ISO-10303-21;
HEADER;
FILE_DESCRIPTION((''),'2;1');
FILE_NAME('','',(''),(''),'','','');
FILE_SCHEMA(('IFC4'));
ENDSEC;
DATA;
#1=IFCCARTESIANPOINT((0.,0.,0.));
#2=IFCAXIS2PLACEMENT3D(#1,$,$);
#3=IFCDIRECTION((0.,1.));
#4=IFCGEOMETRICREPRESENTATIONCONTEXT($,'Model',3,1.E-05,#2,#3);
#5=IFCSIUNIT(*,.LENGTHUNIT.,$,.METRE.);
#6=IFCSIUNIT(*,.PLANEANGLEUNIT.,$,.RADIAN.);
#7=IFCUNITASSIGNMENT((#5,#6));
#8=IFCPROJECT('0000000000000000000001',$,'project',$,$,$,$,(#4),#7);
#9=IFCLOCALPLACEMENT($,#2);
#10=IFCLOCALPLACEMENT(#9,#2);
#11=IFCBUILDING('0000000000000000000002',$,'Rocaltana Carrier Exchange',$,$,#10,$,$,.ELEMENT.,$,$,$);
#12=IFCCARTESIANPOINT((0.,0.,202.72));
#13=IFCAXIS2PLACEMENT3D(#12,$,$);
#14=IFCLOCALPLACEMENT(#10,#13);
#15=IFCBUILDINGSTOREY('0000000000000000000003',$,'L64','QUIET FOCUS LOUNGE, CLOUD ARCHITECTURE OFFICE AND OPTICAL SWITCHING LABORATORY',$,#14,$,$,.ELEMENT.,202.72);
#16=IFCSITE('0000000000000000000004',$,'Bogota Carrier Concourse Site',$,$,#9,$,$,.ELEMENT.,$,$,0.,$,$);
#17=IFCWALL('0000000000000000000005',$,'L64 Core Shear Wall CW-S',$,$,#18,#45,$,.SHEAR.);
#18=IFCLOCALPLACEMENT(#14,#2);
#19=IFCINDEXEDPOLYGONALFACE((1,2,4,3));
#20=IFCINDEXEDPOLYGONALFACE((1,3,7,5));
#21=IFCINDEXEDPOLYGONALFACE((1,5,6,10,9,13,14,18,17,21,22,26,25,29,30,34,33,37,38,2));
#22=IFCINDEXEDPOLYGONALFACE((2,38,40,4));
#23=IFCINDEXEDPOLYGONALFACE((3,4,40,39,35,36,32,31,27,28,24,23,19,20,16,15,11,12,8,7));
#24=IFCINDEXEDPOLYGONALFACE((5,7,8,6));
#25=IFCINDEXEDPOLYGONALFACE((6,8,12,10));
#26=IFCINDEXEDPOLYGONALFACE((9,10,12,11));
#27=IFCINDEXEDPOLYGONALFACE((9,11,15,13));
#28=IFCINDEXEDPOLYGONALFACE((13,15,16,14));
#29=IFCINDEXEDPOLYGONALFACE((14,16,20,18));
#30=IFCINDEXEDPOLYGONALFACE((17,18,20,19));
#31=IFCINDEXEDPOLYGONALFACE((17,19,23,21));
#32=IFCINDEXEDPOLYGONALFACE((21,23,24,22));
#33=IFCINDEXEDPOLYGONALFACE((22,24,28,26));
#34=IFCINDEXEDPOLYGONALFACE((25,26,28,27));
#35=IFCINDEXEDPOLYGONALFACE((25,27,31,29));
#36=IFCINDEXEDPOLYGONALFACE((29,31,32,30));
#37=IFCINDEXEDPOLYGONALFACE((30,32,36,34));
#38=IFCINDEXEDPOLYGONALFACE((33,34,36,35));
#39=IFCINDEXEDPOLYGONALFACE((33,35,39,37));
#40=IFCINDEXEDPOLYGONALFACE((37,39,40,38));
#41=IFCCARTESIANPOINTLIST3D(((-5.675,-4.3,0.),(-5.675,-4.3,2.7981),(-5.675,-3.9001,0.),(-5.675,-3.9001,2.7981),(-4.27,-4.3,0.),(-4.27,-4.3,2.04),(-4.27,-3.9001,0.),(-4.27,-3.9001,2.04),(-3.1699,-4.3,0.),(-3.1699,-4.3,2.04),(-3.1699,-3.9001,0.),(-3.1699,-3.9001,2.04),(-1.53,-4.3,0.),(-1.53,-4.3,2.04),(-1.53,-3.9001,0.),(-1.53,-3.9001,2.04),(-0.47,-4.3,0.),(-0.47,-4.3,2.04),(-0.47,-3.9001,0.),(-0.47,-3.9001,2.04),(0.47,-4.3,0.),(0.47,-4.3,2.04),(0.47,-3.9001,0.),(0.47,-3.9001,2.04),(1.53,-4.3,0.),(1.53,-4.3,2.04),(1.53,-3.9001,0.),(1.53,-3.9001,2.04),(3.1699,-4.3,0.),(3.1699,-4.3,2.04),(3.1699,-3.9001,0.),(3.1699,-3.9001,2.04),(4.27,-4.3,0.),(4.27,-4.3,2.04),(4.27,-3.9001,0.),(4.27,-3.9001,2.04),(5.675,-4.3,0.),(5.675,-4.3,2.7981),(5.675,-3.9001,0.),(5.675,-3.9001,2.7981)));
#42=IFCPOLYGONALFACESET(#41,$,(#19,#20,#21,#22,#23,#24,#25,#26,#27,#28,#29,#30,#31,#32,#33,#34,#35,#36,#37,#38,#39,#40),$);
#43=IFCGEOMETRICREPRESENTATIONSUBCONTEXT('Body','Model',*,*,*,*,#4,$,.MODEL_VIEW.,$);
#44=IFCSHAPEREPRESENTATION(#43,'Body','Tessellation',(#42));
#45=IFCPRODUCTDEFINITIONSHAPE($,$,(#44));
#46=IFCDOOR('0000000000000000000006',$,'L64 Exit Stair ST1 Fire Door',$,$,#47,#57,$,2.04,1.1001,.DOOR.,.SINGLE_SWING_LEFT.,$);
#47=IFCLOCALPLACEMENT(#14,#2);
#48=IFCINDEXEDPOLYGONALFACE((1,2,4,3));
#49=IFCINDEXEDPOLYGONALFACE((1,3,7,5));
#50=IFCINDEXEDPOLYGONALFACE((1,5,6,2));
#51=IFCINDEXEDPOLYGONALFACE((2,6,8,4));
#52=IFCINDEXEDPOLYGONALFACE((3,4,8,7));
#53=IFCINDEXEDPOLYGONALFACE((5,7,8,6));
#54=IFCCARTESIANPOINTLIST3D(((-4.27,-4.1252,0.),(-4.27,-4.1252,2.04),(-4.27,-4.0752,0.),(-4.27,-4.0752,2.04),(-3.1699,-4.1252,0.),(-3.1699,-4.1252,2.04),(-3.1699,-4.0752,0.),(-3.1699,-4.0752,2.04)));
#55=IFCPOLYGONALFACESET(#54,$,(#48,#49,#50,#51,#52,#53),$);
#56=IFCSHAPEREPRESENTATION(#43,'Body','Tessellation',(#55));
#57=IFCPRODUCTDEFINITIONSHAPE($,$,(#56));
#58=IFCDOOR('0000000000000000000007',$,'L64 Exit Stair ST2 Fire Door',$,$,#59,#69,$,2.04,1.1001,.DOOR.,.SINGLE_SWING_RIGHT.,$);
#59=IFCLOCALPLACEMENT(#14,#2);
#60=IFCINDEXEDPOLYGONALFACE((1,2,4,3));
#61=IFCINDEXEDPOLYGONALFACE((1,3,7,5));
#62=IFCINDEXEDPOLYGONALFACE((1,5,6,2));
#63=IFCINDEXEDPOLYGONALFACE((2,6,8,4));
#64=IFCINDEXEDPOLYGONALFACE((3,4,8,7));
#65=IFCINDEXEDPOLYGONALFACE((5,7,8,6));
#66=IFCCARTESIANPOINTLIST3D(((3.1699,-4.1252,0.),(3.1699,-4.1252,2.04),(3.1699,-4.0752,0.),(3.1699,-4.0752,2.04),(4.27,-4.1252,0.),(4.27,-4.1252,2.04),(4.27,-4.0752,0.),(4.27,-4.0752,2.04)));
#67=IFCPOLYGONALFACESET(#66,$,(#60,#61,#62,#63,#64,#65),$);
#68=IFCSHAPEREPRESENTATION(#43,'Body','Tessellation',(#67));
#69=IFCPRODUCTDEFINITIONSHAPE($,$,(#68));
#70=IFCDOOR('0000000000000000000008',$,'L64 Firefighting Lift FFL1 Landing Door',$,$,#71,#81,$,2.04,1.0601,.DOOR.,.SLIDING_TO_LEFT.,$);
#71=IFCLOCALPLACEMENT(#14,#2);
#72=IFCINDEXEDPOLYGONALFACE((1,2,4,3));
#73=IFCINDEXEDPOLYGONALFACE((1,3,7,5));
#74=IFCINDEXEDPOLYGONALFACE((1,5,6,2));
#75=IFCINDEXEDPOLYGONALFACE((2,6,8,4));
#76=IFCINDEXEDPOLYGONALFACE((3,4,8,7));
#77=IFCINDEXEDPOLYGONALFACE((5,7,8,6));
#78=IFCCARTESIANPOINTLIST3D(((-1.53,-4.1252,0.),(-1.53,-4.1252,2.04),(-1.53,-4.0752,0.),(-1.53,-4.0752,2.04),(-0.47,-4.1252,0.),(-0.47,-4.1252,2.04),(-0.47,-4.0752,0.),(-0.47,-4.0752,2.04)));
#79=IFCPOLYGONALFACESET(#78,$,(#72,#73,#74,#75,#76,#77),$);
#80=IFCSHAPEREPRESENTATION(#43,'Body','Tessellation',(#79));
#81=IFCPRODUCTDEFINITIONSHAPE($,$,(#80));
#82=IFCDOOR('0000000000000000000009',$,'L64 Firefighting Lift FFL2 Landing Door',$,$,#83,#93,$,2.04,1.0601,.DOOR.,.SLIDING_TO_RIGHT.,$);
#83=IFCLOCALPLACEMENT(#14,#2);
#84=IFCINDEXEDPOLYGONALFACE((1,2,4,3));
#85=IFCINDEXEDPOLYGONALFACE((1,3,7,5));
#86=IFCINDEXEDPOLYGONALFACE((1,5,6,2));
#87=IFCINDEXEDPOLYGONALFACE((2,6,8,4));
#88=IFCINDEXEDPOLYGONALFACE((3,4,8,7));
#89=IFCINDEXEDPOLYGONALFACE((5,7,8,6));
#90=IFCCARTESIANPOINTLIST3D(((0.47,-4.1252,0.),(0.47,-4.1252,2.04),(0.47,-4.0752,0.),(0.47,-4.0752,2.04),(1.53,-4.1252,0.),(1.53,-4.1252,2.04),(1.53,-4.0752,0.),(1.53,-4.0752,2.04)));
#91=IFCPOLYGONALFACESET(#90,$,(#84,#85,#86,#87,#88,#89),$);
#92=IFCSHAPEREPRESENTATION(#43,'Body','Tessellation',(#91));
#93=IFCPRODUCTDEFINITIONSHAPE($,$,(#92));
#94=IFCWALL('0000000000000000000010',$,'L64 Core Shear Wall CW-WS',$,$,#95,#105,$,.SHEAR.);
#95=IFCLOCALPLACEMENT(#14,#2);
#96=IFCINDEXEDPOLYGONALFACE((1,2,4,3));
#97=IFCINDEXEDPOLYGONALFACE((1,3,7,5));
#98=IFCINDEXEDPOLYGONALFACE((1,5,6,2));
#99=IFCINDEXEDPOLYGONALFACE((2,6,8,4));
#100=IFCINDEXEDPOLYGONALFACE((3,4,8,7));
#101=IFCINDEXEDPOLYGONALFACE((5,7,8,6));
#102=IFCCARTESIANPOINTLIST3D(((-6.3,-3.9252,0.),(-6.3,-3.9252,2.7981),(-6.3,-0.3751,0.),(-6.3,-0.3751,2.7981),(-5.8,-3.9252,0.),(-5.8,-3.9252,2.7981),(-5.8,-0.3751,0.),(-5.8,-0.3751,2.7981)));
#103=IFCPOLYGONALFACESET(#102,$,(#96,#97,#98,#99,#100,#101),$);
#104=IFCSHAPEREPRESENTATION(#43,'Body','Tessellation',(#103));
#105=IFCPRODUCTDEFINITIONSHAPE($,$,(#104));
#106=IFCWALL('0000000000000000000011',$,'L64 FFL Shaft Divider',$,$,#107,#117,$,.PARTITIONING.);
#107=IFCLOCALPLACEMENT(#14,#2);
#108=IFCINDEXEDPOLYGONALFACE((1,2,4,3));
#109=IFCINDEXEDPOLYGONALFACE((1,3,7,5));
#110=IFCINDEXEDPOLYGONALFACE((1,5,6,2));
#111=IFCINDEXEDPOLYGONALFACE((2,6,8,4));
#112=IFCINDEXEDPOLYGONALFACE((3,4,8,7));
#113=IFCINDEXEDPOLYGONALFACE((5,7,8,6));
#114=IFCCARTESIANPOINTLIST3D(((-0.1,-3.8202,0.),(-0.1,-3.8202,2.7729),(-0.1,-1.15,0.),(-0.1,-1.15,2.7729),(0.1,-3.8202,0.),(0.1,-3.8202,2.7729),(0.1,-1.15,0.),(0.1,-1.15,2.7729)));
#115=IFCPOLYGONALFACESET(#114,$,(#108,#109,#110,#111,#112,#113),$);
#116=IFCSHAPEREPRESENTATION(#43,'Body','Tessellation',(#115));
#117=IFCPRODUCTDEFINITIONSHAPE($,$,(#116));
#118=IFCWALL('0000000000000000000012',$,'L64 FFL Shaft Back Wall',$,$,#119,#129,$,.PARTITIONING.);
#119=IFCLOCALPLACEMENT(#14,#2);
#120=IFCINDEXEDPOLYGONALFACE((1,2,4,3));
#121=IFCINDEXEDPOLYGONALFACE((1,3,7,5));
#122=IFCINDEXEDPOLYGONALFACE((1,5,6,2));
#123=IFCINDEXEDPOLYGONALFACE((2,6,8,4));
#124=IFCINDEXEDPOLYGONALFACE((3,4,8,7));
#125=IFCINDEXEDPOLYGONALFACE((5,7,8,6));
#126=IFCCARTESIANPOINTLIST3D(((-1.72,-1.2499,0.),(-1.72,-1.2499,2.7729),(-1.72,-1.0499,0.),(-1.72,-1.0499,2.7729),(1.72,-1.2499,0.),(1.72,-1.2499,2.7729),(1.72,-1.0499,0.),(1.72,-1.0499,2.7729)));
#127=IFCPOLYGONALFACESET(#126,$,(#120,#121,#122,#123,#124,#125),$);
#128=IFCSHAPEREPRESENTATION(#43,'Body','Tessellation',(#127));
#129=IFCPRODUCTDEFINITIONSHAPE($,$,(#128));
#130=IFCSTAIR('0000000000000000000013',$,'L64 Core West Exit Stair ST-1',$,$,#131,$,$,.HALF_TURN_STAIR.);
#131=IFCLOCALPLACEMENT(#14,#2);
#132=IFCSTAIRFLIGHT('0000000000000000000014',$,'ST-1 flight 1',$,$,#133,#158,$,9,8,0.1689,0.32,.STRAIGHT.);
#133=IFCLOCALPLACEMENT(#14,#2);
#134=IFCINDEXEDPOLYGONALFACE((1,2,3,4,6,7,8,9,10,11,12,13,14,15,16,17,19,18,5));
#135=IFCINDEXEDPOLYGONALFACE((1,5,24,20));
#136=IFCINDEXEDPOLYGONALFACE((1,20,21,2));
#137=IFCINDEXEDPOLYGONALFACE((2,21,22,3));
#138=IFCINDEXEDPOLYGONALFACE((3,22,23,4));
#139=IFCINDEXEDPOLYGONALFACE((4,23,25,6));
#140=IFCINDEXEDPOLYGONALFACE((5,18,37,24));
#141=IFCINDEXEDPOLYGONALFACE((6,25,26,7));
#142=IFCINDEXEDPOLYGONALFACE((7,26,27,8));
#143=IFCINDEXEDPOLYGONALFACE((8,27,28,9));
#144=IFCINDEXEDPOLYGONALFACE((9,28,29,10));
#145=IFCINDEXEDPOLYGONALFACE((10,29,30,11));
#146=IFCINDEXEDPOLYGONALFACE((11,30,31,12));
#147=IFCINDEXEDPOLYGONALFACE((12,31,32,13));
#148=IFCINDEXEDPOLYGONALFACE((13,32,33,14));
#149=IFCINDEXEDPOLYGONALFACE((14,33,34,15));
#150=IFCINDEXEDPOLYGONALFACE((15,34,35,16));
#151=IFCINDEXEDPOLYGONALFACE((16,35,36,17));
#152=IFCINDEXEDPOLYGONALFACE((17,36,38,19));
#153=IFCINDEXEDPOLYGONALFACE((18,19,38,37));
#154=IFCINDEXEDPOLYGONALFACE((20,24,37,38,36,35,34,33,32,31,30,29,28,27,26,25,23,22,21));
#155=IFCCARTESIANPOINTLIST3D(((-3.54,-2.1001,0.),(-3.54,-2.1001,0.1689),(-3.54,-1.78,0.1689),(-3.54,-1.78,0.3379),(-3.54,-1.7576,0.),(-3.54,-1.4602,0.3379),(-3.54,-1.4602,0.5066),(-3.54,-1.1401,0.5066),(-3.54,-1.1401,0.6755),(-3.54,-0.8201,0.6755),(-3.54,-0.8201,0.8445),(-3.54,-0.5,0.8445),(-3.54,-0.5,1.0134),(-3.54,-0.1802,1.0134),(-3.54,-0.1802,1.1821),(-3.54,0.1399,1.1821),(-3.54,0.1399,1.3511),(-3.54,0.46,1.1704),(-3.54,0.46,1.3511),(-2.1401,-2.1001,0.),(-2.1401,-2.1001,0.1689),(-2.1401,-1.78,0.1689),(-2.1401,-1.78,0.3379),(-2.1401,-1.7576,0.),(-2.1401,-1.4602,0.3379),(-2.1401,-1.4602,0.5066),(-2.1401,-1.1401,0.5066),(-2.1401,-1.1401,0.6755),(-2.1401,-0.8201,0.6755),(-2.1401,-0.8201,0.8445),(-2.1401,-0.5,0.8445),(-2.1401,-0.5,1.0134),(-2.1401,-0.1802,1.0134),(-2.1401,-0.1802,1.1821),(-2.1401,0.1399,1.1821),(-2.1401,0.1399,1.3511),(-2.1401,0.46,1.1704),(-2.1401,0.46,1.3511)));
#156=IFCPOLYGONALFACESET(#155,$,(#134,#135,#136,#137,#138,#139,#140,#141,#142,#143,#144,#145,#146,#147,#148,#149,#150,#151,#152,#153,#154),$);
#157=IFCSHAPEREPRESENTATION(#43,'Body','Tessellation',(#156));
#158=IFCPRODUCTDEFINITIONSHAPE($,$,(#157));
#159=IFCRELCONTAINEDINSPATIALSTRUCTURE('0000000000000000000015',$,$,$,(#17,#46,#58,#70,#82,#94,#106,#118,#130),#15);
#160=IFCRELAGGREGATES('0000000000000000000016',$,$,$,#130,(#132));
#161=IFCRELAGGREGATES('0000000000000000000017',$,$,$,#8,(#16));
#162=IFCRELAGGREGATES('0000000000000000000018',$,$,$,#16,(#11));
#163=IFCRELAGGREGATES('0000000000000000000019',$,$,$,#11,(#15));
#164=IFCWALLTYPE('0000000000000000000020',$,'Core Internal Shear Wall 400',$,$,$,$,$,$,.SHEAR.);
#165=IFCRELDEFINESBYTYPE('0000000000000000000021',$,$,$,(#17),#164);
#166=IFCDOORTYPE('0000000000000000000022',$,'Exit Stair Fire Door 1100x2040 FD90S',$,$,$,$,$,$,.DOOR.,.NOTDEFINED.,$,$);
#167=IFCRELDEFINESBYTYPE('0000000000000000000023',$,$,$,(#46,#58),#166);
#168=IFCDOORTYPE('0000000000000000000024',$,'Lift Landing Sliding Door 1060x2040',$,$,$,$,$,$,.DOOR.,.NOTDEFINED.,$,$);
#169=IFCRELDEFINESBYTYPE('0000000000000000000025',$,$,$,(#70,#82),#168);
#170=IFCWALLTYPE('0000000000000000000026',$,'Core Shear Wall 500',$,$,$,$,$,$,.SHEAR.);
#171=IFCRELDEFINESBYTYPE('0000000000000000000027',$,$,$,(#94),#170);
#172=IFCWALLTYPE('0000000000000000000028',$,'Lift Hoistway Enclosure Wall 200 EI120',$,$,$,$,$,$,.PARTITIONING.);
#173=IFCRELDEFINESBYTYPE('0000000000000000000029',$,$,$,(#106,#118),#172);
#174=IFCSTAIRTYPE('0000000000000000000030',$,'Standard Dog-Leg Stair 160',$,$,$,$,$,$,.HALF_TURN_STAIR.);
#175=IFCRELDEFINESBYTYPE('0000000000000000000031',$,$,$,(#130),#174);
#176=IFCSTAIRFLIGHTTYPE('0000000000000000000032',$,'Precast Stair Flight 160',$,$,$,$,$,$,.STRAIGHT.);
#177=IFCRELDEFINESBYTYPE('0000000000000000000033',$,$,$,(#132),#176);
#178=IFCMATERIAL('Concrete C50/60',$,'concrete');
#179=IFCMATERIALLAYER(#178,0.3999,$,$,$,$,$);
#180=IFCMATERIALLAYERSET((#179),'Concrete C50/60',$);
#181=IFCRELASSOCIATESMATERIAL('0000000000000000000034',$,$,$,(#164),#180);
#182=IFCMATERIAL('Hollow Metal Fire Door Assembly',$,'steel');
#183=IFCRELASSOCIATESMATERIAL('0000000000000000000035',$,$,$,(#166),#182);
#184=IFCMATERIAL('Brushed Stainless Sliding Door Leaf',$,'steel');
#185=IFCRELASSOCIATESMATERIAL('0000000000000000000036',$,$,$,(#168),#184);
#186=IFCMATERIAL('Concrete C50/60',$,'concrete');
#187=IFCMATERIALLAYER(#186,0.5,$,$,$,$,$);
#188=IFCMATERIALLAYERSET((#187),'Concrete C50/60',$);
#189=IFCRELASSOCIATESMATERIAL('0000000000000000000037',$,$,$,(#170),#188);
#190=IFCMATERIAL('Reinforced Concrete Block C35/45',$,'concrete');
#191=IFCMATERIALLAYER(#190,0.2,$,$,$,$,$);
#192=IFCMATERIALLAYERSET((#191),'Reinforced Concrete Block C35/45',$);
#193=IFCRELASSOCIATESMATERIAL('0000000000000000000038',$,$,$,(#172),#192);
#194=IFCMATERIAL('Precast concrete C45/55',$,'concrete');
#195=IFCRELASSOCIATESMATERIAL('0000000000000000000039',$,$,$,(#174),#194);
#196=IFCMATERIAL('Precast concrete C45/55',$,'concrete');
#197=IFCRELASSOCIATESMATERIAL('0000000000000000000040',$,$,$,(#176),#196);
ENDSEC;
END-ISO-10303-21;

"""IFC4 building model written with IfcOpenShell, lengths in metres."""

from ifc_helpers import new_model, si_unit, direction, frame, frame_2d, origin, place, context, subcontext, project, spatial, polyline, rectangle, outline, extrude, material, layer, layer_set, type_object, element, fill, aggregate, save


model = new_model("IFC4")

# Units and contexts
model_context = context("Model", 3, precision=1e-05, world=origin(), true_north=direction((0.0, 1.0)))
body_context = subcontext(model_context, "Body", "Model", "MODEL_VIEW")
ifc_project = project(units=[si_unit("LENGTHUNIT", "METRE"), si_unit("PLANEANGLEUNIT", "RADIAN")], contexts=[model_context])

# Site, building, storey
site_placement = place(None, origin())
site = spatial("IfcSite", under=ifc_project, at=site_placement, Name="Bogota Carrier Concourse Site", CompositionType="ELEMENT", RefElevation=0.0)
building_placement = place(site_placement, origin())
building = spatial("IfcBuilding", under=site, at=building_placement, Name="Rocaltana Carrier Exchange", CompositionType="ELEMENT")
storey_placement = place(building_placement, frame((0.0, 0.0, 202.72)))
storey = spatial("IfcBuildingStorey", under=building, at=storey_placement, Name="L64", Description="QUIET FOCUS LOUNGE, CLOUD ARCHITECTURE OFFICE AND OPTICAL SWITCHING LABORATORY", CompositionType="ELEMENT", Elevation=202.72)

# Wall, openings, doors
ifc_material_1 = material(Name="Concrete C50/60", Category="concrete")
ifc_layer_1 = layer(ifc_material_1, 0.3999)
ifc_layer_set_1 = layer_set([ifc_layer_1], Name="Concrete C50/60")
wall_type_1 = type_object("IfcWallType", Name="Core Internal Shear Wall 400", PredefinedType="SHEAR", material=ifc_layer_set_1)
wall_1_placement = place(storey_placement, frame((-5.675, -4.1001, 0.0), z_axis=(0.0, 0.0, 1.0), x_axis=(1.0, 0.0, 0.0)))
wall_1 = element("IfcWall", 1, at=wall_1_placement, inside=storey, type_object=wall_type_1, Name="L64 Core Shear Wall CW-S", PredefinedType="SHEAR", context=body_context, shape_type="SweptSolid", body=[
    extrude(rectangle(XDim=11.3501, YDim=0.3999, at=frame_2d((5.675, 0.0))), origin(), (0.0, 0.0, 1.0), 2.7981),
])
opening_1_placement = place(wall_1_placement, frame((1.405, 0.0, 0.0)))
opening_1 = element("IfcOpeningElement", 2, at=opening_1_placement, cuts=wall_1, PredefinedType="OPENING", context=body_context, shape_type="SweptSolid", body=[
    extrude(rectangle(XDim=1.1001, YDim=2.04, at=frame_2d((0.55, 1.02))), frame((0.0, 0.21, 0.0), z_axis=(0.0, -1.0, 0.0), x_axis=(1.0, 0.0, 0.0)), (0.0, 0.0, 1.0), 0.4199),
])
opening_2_placement = place(wall_1_placement, frame((8.845, 0.0, 0.0)))
opening_2 = element("IfcOpeningElement", 3, at=opening_2_placement, cuts=wall_1, PredefinedType="OPENING", context=body_context, shape_type="SweptSolid", body=[
    extrude(rectangle(XDim=1.1001, YDim=2.04, at=frame_2d((0.55, 1.02))), frame((0.0, 0.21, 0.0), z_axis=(0.0, -1.0, 0.0), x_axis=(1.0, 0.0, 0.0)), (0.0, 0.0, 1.0), 0.4199),
])
opening_3_placement = place(wall_1_placement, frame((4.145, 0.0, 0.0)))
opening_3 = element("IfcOpeningElement", 4, at=opening_3_placement, cuts=wall_1, PredefinedType="OPENING", context=body_context, shape_type="SweptSolid", body=[
    extrude(rectangle(XDim=1.0601, YDim=2.04, at=frame_2d((0.53, 1.02))), frame((0.0, 0.21, 0.0), z_axis=(0.0, -1.0, 0.0), x_axis=(1.0, 0.0, 0.0)), (0.0, 0.0, 1.0), 0.4199),
])
opening_4_placement = place(wall_1_placement, frame((6.145, 0.0, 0.0)))
opening_4 = element("IfcOpeningElement", 5, at=opening_4_placement, cuts=wall_1, PredefinedType="OPENING", context=body_context, shape_type="SweptSolid", body=[
    extrude(rectangle(XDim=1.0601, YDim=2.04, at=frame_2d((0.53, 1.02))), frame((0.0, 0.21, 0.0), z_axis=(0.0, -1.0, 0.0), x_axis=(1.0, 0.0, 0.0)), (0.0, 0.0, 1.0), 0.4199),
])
ifc_material_2 = material(Name="Hollow Metal Fire Door Assembly", Category="steel")
door_type_1 = type_object("IfcDoorType", Name="Exit Stair Fire Door 1100x2040 FD90S", OperationType="NOTDEFINED", PredefinedType="DOOR", material=ifc_material_2)
door_1_placement = place(opening_1_placement, origin())
door_1 = element("IfcDoor", 6, at=door_1_placement, inside=storey, type_object=door_type_1, Name="L64 Exit Stair ST1 Fire Door", OperationType="SINGLE_SWING_LEFT", OverallHeight=2.04, OverallWidth=1.1001, PredefinedType="DOOR", context=body_context, shape_type="SweptSolid", body=[
    extrude(rectangle(XDim=1.1001, YDim=2.04, at=frame_2d((0.55, 1.02))), frame((0.0, 0.0249, 0.0), z_axis=(0.0, -1.0, 0.0), x_axis=(1.0, 0.0, 0.0)), (0.0, 0.0, 1.0), 0.05),
])
fill(opening_1, door_1)
door_2_placement = place(opening_2_placement, origin())
door_2 = element("IfcDoor", 7, at=door_2_placement, inside=storey, type_object=door_type_1, Name="L64 Exit Stair ST2 Fire Door", OperationType="SINGLE_SWING_RIGHT", OverallHeight=2.04, OverallWidth=1.1001, PredefinedType="DOOR", context=body_context, shape_type="SweptSolid", body=[
    extrude(rectangle(XDim=1.1001, YDim=2.04, at=frame_2d((0.55, 1.02))), frame((0.0, 0.0249, 0.0), z_axis=(0.0, -1.0, 0.0), x_axis=(1.0, 0.0, 0.0)), (0.0, 0.0, 1.0), 0.05),
])
fill(opening_2, door_2)
ifc_material_3 = material(Name="Brushed Stainless Sliding Door Leaf", Category="steel")
door_type_2 = type_object("IfcDoorType", Name="Lift Landing Sliding Door 1060x2040", OperationType="NOTDEFINED", PredefinedType="DOOR", material=ifc_material_3)
door_3_placement = place(opening_3_placement, origin())
door_3 = element("IfcDoor", 8, at=door_3_placement, inside=storey, type_object=door_type_2, Name="L64 Firefighting Lift FFL1 Landing Door", OperationType="SLIDING_TO_LEFT", OverallHeight=2.04, OverallWidth=1.0601, PredefinedType="DOOR", context=body_context, shape_type="SweptSolid", body=[
    extrude(rectangle(XDim=1.0601, YDim=2.04, at=frame_2d((0.53, 1.02))), frame((0.0, 0.0249, 0.0), z_axis=(0.0, -1.0, 0.0), x_axis=(1.0, 0.0, 0.0)), (0.0, 0.0, 1.0), 0.05),
])
fill(opening_3, door_3)
door_4_placement = place(opening_4_placement, origin())
door_4 = element("IfcDoor", 9, at=door_4_placement, inside=storey, type_object=door_type_2, Name="L64 Firefighting Lift FFL2 Landing Door", OperationType="SLIDING_TO_RIGHT", OverallHeight=2.04, OverallWidth=1.0601, PredefinedType="DOOR", context=body_context, shape_type="SweptSolid", body=[
    extrude(rectangle(XDim=1.0601, YDim=2.04, at=frame_2d((0.53, 1.02))), frame((0.0, 0.0249, 0.0), z_axis=(0.0, -1.0, 0.0), x_axis=(1.0, 0.0, 0.0)), (0.0, 0.0, 1.0), 0.05),
])
fill(opening_4, door_4)

# Walls
ifc_material_4 = material(Name="Concrete C50/60", Category="concrete")
ifc_layer_2 = layer(ifc_material_4, 0.5)
ifc_layer_set_2 = layer_set([ifc_layer_2], Name="Concrete C50/60")
wall_type_2 = type_object("IfcWallType", Name="Core Shear Wall 500", PredefinedType="SHEAR", material=ifc_layer_set_2)
wall_2_placement = place(storey_placement, frame((-6.05, -3.925, 0.0), z_axis=(0.0, 0.0, 1.0), x_axis=(0.0, 1.0, 0.0)))
element("IfcWall", 10, at=wall_2_placement, inside=storey, type_object=wall_type_2, Name="L64 Core Shear Wall CW-WS", PredefinedType="SHEAR", context=body_context, shape_type="SweptSolid", body=[
    extrude(rectangle(XDim=3.55, YDim=0.5, at=frame_2d((1.7749, 0.0))), origin(), (0.0, 0.0, 1.0), 2.7981),
])
ifc_material_5 = material(Name="Reinforced Concrete Block C35/45", Category="concrete")
ifc_layer_3 = layer(ifc_material_5, 0.2)
ifc_layer_set_3 = layer_set([ifc_layer_3], Name="Reinforced Concrete Block C35/45")
wall_type_3 = type_object("IfcWallType", Name="Lift Hoistway Enclosure Wall 200 EI120", PredefinedType="PARTITIONING", material=ifc_layer_set_3)
wall_3_placement = place(storey_placement, frame((0.0, -3.8201, 0.0), z_axis=(0.0, 0.0, 1.0), x_axis=(0.0, 1.0, 0.0)))
element("IfcWall", 11, at=wall_3_placement, inside=storey, type_object=wall_type_3, Name="L64 FFL Shaft Divider", PredefinedType="PARTITIONING", context=body_context, shape_type="SweptSolid", body=[
    extrude(rectangle(XDim=2.6702, YDim=0.2, at=frame_2d((1.335, 0.0))), origin(), (0.0, 0.0, 1.0), 2.7729),
])
wall_4_placement = place(storey_placement, frame((-1.72, -1.1499, 0.0), z_axis=(0.0, 0.0, 1.0), x_axis=(1.0, 0.0, 0.0)))
element("IfcWall", 12, at=wall_4_placement, inside=storey, type_object=wall_type_3, Name="L64 FFL Shaft Back Wall", PredefinedType="PARTITIONING", context=body_context, shape_type="SweptSolid", body=[
    extrude(rectangle(XDim=3.4399, YDim=0.2, at=frame_2d((1.72, 0.0))), origin(), (0.0, 0.0, 1.0), 2.7729),
])

# Stair, stair flight
ifc_material_6 = material(Name="Precast concrete C45/55", Category="concrete")
stair_type = type_object("IfcStairType", Name="Standard Dog-Leg Stair 160", PredefinedType="HALF_TURN_STAIR", material=ifc_material_6)
stair_placement = place(storey_placement, origin())
stair = element("IfcStair", 13, at=stair_placement, inside=storey, type_object=stair_type, Name="L64 Core West Exit Stair ST-1", PredefinedType="HALF_TURN_STAIR")
ifc_material_7 = material(Name="Precast concrete C45/55", Category="concrete")
stair_flight_type = type_object("IfcStairFlightType", Name="Precast Stair Flight 160", PredefinedType="STRAIGHT", material=ifc_material_7)
stair_flight_placement = place(storey_placement, frame((-2.8401, -2.1001, 0.0), z_axis=(0.0, 0.0, 1.0), x_axis=(0.0, 1.0, 0.0)))
stair_flight = element("IfcStairFlight", 14, at=stair_flight_placement, type_object=stair_flight_type, Name="ST-1 flight 1", NumberOfRisers=9, NumberOfTreads=8, PredefinedType="STRAIGHT", RiserHeight=0.1689, TreadLength=0.32, context=body_context, shape_type="SweptSolid", body=[
    extrude(outline(polyline([(0.0, 0.0), (0.0, 0.1689), (0.3201, 0.1689), (0.3201, 0.3379), (0.6399, 0.3379), (0.6399, 0.5066), (0.96, 0.5066), (0.96, 0.6755), (1.28, 0.6755), (1.28, 0.8445), (1.6001, 0.8445), (1.6001, 1.0134), (1.9199, 1.0134), (1.9199, 1.1821), (2.24, 1.1821), (2.24, 1.3511), (2.5601, 1.3511), (2.5601, 1.52), (2.5601, 1.1704), (0.3425, 0.0), (0.0, 0.0)])), frame((0.0, 0.7, 0.0), z_axis=(0.0, -1.0, 0.0), x_axis=(1.0, 0.0, 0.0)), (0.0, 0.0, 1.0), 1.3999),
])
aggregate(stair, [stair_flight])

save(model, "model.ifc")
